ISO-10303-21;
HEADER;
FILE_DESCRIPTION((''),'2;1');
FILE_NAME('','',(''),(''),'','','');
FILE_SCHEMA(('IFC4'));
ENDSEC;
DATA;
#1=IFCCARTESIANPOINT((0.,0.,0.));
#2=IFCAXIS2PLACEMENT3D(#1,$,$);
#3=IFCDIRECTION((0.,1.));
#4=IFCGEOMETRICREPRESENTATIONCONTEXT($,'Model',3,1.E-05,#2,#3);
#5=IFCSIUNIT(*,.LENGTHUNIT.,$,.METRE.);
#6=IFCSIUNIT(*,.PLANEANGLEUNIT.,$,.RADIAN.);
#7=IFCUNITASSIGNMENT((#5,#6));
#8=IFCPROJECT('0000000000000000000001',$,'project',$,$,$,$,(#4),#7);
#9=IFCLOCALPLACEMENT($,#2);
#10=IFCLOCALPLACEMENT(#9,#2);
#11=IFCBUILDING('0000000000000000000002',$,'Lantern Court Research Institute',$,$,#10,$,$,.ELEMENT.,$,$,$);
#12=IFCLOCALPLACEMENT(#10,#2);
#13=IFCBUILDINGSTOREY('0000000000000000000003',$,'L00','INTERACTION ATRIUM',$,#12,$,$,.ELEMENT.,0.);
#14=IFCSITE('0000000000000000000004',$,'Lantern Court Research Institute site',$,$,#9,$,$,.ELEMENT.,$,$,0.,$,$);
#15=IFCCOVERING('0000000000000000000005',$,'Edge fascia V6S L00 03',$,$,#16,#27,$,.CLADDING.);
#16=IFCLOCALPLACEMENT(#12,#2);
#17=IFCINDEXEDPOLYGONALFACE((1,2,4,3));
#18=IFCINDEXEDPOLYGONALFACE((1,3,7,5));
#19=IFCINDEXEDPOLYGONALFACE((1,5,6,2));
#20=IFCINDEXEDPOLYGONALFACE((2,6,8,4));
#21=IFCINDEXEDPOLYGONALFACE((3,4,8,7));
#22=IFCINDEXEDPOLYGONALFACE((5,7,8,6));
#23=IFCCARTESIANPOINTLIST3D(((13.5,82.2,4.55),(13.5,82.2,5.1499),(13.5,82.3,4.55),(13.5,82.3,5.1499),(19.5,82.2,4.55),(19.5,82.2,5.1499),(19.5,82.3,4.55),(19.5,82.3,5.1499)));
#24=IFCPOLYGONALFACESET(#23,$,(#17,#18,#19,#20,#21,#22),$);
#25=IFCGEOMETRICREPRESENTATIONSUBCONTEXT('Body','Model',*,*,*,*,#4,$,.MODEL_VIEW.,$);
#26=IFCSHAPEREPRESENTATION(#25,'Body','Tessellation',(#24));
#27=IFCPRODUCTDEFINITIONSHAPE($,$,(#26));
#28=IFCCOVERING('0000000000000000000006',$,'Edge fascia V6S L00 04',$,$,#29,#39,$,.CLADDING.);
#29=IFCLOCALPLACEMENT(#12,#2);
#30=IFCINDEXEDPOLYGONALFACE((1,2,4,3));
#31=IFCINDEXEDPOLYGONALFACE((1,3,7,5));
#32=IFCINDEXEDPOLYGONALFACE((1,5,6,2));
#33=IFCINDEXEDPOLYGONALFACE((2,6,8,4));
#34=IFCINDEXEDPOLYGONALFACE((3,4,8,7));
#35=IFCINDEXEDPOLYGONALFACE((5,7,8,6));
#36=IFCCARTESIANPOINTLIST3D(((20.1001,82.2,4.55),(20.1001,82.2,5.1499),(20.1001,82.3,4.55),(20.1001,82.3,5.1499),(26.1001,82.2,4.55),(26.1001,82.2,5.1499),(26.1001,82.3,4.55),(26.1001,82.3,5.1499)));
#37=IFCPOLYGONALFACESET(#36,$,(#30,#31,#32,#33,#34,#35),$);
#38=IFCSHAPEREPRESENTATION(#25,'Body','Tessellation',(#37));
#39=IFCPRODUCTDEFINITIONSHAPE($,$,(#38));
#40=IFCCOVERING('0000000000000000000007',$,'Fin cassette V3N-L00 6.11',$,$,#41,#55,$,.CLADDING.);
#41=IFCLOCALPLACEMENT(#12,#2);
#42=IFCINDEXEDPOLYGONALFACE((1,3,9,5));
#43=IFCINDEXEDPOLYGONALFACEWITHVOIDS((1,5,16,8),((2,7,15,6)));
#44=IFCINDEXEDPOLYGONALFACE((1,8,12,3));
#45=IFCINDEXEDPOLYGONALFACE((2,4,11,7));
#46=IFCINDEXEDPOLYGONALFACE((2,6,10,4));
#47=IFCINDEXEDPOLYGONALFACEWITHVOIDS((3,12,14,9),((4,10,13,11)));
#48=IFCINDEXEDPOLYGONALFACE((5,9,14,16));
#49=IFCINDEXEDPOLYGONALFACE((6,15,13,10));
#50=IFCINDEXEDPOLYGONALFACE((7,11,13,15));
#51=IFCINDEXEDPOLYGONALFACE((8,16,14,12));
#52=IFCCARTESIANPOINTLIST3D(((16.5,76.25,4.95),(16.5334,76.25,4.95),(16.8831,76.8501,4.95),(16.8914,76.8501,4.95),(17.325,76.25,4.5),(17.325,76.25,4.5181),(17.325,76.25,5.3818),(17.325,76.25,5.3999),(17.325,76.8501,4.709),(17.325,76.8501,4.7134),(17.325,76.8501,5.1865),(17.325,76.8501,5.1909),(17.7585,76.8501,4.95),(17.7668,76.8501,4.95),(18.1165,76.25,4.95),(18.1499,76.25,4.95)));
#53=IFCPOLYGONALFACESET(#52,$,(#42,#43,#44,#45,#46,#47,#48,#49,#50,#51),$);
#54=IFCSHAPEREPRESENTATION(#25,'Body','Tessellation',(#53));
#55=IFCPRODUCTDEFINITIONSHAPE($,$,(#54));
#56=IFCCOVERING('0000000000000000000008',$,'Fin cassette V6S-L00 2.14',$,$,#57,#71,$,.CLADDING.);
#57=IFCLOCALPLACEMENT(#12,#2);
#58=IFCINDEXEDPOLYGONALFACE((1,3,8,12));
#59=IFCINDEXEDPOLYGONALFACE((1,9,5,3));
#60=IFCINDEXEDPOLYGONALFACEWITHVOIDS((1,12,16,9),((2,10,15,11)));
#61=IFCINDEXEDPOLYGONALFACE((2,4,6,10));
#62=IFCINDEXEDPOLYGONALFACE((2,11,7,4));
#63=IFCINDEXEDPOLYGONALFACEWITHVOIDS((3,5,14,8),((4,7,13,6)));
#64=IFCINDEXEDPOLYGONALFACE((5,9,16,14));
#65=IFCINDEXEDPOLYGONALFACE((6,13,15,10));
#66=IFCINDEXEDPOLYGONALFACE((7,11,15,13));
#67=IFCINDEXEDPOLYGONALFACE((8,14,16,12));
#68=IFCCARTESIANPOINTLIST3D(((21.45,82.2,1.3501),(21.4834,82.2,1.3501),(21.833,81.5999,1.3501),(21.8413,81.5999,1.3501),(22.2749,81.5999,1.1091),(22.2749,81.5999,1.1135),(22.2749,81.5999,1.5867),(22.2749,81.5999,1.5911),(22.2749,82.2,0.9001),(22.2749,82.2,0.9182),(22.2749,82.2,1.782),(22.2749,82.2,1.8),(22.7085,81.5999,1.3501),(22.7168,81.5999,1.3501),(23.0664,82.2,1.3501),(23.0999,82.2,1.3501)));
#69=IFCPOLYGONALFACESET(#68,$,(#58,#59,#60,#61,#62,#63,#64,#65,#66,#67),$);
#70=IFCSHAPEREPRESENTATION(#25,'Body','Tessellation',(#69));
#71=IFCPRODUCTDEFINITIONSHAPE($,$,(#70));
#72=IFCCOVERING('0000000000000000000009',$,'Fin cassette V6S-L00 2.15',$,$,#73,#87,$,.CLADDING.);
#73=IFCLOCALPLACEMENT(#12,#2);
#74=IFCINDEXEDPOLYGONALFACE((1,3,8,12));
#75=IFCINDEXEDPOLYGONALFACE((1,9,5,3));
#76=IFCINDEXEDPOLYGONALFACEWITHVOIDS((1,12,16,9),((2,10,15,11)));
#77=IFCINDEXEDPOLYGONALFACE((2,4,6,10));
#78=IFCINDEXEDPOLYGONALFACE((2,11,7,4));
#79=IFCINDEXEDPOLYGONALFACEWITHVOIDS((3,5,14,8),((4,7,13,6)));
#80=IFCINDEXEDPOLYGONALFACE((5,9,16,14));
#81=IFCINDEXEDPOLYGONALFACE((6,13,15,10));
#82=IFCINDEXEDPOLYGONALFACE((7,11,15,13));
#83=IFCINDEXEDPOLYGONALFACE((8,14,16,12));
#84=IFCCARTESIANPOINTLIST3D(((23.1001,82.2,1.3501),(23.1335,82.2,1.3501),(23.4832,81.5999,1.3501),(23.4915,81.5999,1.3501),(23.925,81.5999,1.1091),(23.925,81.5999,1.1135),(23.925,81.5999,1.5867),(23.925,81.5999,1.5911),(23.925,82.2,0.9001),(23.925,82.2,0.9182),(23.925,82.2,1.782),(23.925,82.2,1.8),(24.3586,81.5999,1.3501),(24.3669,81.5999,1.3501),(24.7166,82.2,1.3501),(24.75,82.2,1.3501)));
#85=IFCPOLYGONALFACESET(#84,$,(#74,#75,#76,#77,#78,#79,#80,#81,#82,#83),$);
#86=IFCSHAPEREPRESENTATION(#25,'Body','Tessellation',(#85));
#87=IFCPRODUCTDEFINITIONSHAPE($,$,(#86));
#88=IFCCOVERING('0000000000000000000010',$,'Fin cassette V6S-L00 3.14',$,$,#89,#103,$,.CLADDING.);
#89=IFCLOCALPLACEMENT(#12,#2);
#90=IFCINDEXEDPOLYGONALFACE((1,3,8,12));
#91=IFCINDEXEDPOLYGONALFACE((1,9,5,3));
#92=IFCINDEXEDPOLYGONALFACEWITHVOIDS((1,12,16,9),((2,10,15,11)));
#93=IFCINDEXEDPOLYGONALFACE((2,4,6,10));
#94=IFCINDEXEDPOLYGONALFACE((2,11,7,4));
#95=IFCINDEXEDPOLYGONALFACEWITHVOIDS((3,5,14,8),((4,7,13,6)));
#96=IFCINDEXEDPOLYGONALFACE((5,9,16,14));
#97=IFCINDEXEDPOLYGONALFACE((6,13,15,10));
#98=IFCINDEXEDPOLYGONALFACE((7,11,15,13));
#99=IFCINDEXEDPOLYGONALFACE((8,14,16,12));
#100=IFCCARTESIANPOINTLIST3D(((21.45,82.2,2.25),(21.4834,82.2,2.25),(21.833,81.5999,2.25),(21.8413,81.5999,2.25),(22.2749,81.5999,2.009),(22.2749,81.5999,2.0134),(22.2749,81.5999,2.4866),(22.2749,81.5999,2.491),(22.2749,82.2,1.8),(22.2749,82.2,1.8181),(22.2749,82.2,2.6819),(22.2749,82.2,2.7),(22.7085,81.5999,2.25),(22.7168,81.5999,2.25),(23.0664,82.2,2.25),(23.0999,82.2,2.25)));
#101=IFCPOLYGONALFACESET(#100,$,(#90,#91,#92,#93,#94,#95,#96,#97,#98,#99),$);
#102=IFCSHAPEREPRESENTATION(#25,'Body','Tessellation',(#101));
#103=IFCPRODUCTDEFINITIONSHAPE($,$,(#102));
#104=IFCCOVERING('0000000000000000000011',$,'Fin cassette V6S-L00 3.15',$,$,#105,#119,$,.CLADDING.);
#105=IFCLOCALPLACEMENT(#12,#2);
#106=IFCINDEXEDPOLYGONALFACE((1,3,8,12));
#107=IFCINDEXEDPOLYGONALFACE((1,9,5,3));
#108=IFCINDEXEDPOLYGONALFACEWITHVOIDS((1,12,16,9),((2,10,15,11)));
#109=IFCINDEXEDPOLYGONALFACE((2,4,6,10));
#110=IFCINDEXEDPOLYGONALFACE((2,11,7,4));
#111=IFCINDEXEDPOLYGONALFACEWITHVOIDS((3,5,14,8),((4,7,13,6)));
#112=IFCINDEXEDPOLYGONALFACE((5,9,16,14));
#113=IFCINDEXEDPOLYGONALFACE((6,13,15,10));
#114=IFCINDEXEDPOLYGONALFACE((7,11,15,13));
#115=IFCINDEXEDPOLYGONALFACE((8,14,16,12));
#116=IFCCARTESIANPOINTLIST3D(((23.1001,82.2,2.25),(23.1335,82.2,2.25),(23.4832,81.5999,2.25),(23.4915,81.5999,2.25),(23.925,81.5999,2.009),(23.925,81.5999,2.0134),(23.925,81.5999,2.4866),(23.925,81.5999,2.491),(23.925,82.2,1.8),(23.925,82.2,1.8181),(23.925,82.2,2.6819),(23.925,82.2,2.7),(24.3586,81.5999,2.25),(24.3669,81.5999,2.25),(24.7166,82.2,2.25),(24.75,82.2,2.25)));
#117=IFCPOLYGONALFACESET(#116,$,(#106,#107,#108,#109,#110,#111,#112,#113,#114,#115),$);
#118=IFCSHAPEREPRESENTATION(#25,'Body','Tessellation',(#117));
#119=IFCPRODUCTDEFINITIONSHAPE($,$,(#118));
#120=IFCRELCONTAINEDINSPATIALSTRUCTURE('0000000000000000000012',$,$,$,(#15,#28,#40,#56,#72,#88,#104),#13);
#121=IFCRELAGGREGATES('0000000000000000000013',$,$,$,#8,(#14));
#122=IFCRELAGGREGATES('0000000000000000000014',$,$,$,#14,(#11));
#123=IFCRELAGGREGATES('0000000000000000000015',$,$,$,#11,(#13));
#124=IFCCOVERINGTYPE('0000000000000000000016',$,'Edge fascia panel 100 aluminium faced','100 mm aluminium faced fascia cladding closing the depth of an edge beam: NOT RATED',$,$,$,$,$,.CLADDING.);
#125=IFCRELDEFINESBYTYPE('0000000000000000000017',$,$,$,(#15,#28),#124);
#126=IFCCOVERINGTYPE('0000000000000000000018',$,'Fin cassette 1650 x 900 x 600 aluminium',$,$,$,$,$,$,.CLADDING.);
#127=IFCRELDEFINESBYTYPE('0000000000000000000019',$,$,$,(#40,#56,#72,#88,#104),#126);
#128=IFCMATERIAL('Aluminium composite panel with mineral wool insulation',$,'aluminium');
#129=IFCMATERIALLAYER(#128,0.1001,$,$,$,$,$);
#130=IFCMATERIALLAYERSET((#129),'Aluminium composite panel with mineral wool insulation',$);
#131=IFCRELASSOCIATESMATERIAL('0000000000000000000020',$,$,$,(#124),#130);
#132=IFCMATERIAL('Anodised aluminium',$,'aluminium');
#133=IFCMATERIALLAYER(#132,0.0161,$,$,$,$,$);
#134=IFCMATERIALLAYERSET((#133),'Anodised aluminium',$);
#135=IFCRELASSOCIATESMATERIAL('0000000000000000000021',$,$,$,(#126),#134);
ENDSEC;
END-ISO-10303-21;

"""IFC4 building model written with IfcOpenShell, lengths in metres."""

from ifc_helpers import new_model, entity, si_unit, direction, frame, frame_2d, origin, place, context, subcontext, project, spatial, rectangle, extrude, material, layer, layer_set, type_object, element, save


model = new_model("IFC4")

# Units and contexts
model_context = context("Model", 3, precision=1e-05, world=origin(), true_north=direction((0.0, 1.0)))
body_context = subcontext(model_context, "Body", "Model", "MODEL_VIEW")
ifc_project = project(units=[si_unit("LENGTHUNIT", "METRE"), si_unit("PLANEANGLEUNIT", "RADIAN")], contexts=[model_context])

# Site, building, storey
site_placement = place(None, origin())
site = spatial("IfcSite", under=ifc_project, at=site_placement, Name="Lantern Court Research Institute site", CompositionType="ELEMENT", RefElevation=0.0)
building_placement = place(site_placement, origin())
building = spatial("IfcBuilding", under=site, at=building_placement, Name="Lantern Court Research Institute", CompositionType="ELEMENT")
storey_placement = place(building_placement, origin())
storey = spatial("IfcBuildingStorey", under=building, at=storey_placement, Name="L00", Description="INTERACTION ATRIUM", CompositionType="ELEMENT", Elevation=0.0)

# Coverings
ifc_material_1 = material(Name="Aluminium composite panel with mineral wool insulation", Category="aluminium")
ifc_layer_1 = layer(ifc_material_1, 0.1001)
ifc_layer_set_1 = layer_set([ifc_layer_1], Name="Aluminium composite panel with mineral wool insulation")
covering_type_1 = type_object("IfcCoveringType", Name="Edge fascia panel 100 aluminium faced", Description="100 mm aluminium faced fascia cladding closing the depth of an edge beam: NOT RATED", PredefinedType="CLADDING", material=ifc_layer_set_1)
for number, where, z_axis, x_axis, name in (
    (1, (19.5, 82.25, 4.55), (0.0, 0.0, 1.0), (-1.0, 0.0, 0.0), "Edge fascia V6S L00 03"),
    (2, (26.1001, 82.25, 4.55), (0.0, 0.0, 1.0), (-1.0, 0.0, 0.0), "Edge fascia V6S L00 04"),
):
    element("IfcCovering", number, at=place(storey_placement, frame(where, z_axis=z_axis, x_axis=x_axis)), inside=storey, type_object=covering_type_1, Name=name, PredefinedType="CLADDING", context=body_context, shape_type="SweptSolid", body=[
        extrude(rectangle(XDim=6.0, YDim=0.1001, at=frame_2d((3.0, 0.0))), origin(), (0.0, 0.0, 1.0), 0.5999),
    ])
ifc_material_2 = material(Name="Anodised aluminium", Category="aluminium")
ifc_layer_2 = layer(ifc_material_2, 0.0161)
ifc_layer_set_2 = layer_set([ifc_layer_2], Name="Anodised aluminium")
covering_type_2 = type_object("IfcCoveringType", Name="Fin cassette 1650 x 900 x 600 aluminium", PredefinedType="CLADDING", material=ifc_layer_set_2)
covering_1_placement = place(storey_placement, frame((17.325, 76.25, 4.95), z_axis=(0.0, 1.0, 0.0), x_axis=(-1.0, 0.0, 0.0)))
cartesian_point_1 = entity("IfcCartesianPoint", [0.825, 0.0])
cartesian_point_2 = entity("IfcCartesianPoint", [0.7915, 0.0])
cartesian_point_3 = entity("IfcCartesianPoint", [0.4419, 0.0])
cartesian_point_4 = entity("IfcCartesianPoint", [0.4336, 0.0])
element("IfcCovering", 3, at=covering_1_placement, inside=storey, type_object=covering_type_2, Name="Fin cassette V3N-L00 6.11", PredefinedType="CLADDING", context=body_context, shape_type="SweptSolid", body=[
    entity("IfcExtrudedAreaSolidTapered", entity("IfcArbitraryProfileDefWithVoids", "AREA", None, entity("IfcPolyline", [cartesian_point_1, entity("IfcCartesianPoint", [0.0, 0.45]), entity("IfcCartesianPoint", [-0.825, 0.0]), entity("IfcCartesianPoint", [0.0, -0.45]), cartesian_point_1]), [entity("IfcPolyline", [cartesian_point_2, entity("IfcCartesianPoint", [0.0, 0.4319]), entity("IfcCartesianPoint", [-0.7915, 0.0]), entity("IfcCartesianPoint", [0.0, -0.4319]), cartesian_point_2])]), entity("IfcAxis2Placement3D", entity("IfcCartesianPoint", [0.0, 0.0, 0.0])), entity("IfcDirection", [0.0, 0.0, 1.0]), 0.6001, entity("IfcArbitraryProfileDefWithVoids", "AREA", None, entity("IfcPolyline", [cartesian_point_3, entity("IfcCartesianPoint", [0.0, 0.241]), entity("IfcCartesianPoint", [-0.4419, 0.0]), entity("IfcCartesianPoint", [0.0, -0.241]), cartesian_point_3]), [entity("IfcPolyline", [cartesian_point_4, entity("IfcCartesianPoint", [0.0, 0.2366]), entity("IfcCartesianPoint", [-0.4336, 0.0]), entity("IfcCartesianPoint", [0.0, -0.2366]), cartesian_point_4])])),
])
covering_2_placement = place(storey_placement, frame((22.2749, 82.2, 1.3501), z_axis=(0.0, -1.0, 0.0), x_axis=(1.0, 0.0, 0.0)))
cartesian_point_5 = entity("IfcCartesianPoint", [0.825, 0.0])
cartesian_point_6 = entity("IfcCartesianPoint", [0.7915, 0.0])
cartesian_point_7 = entity("IfcCartesianPoint", [0.4419, 0.0])
cartesian_point_8 = entity("IfcCartesianPoint", [0.4336, 0.0])
element("IfcCovering", 4, at=covering_2_placement, inside=storey, type_object=covering_type_2, Name="Fin cassette V6S-L00 2.14", PredefinedType="CLADDING", context=body_context, shape_type="SweptSolid", body=[
    entity("IfcExtrudedAreaSolidTapered", entity("IfcArbitraryProfileDefWithVoids", "AREA", None, entity("IfcPolyline", [cartesian_point_5, entity("IfcCartesianPoint", [0.0, 0.45]), entity("IfcCartesianPoint", [-0.825, 0.0]), entity("IfcCartesianPoint", [0.0, -0.45]), cartesian_point_5]), [entity("IfcPolyline", [cartesian_point_6, entity("IfcCartesianPoint", [0.0, 0.4319]), entity("IfcCartesianPoint", [-0.7915, 0.0]), entity("IfcCartesianPoint", [0.0, -0.4319]), cartesian_point_6])]), entity("IfcAxis2Placement3D", entity("IfcCartesianPoint", [0.0, 0.0, 0.0])), entity("IfcDirection", [0.0, 0.0, 1.0]), 0.6001, entity("IfcArbitraryProfileDefWithVoids", "AREA", None, entity("IfcPolyline", [cartesian_point_7, entity("IfcCartesianPoint", [0.0, 0.241]), entity("IfcCartesianPoint", [-0.4419, 0.0]), entity("IfcCartesianPoint", [0.0, -0.241]), cartesian_point_7]), [entity("IfcPolyline", [cartesian_point_8, entity("IfcCartesianPoint", [0.0, 0.2366]), entity("IfcCartesianPoint", [-0.4336, 0.0]), entity("IfcCartesianPoint", [0.0, -0.2366]), cartesian_point_8])])),
])
covering_3_placement = place(storey_placement, frame((23.925, 82.2, 1.3501), z_axis=(0.0, -1.0, 0.0), x_axis=(1.0, 0.0, 0.0)))
cartesian_point_9 = entity("IfcCartesianPoint", [0.825, 0.0])
cartesian_point_10 = entity("IfcCartesianPoint", [0.7915, 0.0])
cartesian_point_11 = entity("IfcCartesianPoint", [0.4419, 0.0])
cartesian_point_12 = entity("IfcCartesianPoint", [0.4336, 0.0])
element("IfcCovering", 5, at=covering_3_placement, inside=storey, type_object=covering_type_2, Name="Fin cassette V6S-L00 2.15", PredefinedType="CLADDING", context=body_context, shape_type="SweptSolid", body=[
    entity("IfcExtrudedAreaSolidTapered", entity("IfcArbitraryProfileDefWithVoids", "AREA", None, entity("IfcPolyline", [cartesian_point_9, entity("IfcCartesianPoint", [0.0, 0.45]), entity("IfcCartesianPoint", [-0.825, 0.0]), entity("IfcCartesianPoint", [0.0, -0.45]), cartesian_point_9]), [entity("IfcPolyline", [cartesian_point_10, entity("IfcCartesianPoint", [0.0, 0.4319]), entity("IfcCartesianPoint", [-0.7915, 0.0]), entity("IfcCartesianPoint", [0.0, -0.4319]), cartesian_point_10])]), entity("IfcAxis2Placement3D", entity("IfcCartesianPoint", [0.0, 0.0, 0.0])), entity("IfcDirection", [0.0, 0.0, 1.0]), 0.6001, entity("IfcArbitraryProfileDefWithVoids", "AREA", None, entity("IfcPolyline", [cartesian_point_11, entity("IfcCartesianPoint", [0.0, 0.241]), entity("IfcCartesianPoint", [-0.4419, 0.0]), entity("IfcCartesianPoint", [0.0, -0.241]), cartesian_point_11]), [entity("IfcPolyline", [cartesian_point_12, entity("IfcCartesianPoint", [0.0, 0.2366]), entity("IfcCartesianPoint", [-0.4336, 0.0]), entity("IfcCartesianPoint", [0.0, -0.2366]), cartesian_point_12])])),
])
covering_4_placement = place(storey_placement, frame((22.2749, 82.2, 2.25), z_axis=(0.0, -1.0, 0.0), x_axis=(1.0, 0.0, 0.0)))
cartesian_point_13 = entity("IfcCartesianPoint", [0.825, 0.0])
cartesian_point_14 = entity("IfcCartesianPoint", [0.7915, 0.0])
cartesian_point_15 = entity("IfcCartesianPoint", [0.4419, 0.0])
cartesian_point_16 = entity("IfcCartesianPoint", [0.4336, 0.0])
element("IfcCovering", 6, at=covering_4_placement, inside=storey, type_object=covering_type_2, Name="Fin cassette V6S-L00 3.14", PredefinedType="CLADDING", context=body_context, shape_type="SweptSolid", body=[
    entity("IfcExtrudedAreaSolidTapered", entity("IfcArbitraryProfileDefWithVoids", "AREA", None, entity("IfcPolyline", [cartesian_point_13, entity("IfcCartesianPoint", [0.0, 0.45]), entity("IfcCartesianPoint", [-0.825, 0.0]), entity("IfcCartesianPoint", [0.0, -0.45]), cartesian_point_13]), [entity("IfcPolyline", [cartesian_point_14, entity("IfcCartesianPoint", [0.0, 0.4319]), entity("IfcCartesianPoint", [-0.7915, 0.0]), entity("IfcCartesianPoint", [0.0, -0.4319]), cartesian_point_14])]), entity("IfcAxis2Placement3D", entity("IfcCartesianPoint", [0.0, 0.0, 0.0])), entity("IfcDirection", [0.0, 0.0, 1.0]), 0.6001, entity("IfcArbitraryProfileDefWithVoids", "AREA", None, entity("IfcPolyline", [cartesian_point_15, entity("IfcCartesianPoint", [0.0, 0.241]), entity("IfcCartesianPoint", [-0.4419, 0.0]), entity("IfcCartesianPoint", [0.0, -0.241]), cartesian_point_15]), [entity("IfcPolyline", [cartesian_point_16, entity("IfcCartesianPoint", [0.0, 0.2366]), entity("IfcCartesianPoint", [-0.4336, 0.0]), entity("IfcCartesianPoint", [0.0, -0.2366]), cartesian_point_16])])),
])
covering_5_placement = place(storey_placement, frame((23.925, 82.2, 2.25), z_axis=(0.0, -1.0, 0.0), x_axis=(1.0, 0.0, 0.0)))
cartesian_point_17 = entity("IfcCartesianPoint", [0.825, 0.0])
cartesian_point_18 = entity("IfcCartesianPoint", [0.7915, 0.0])
cartesian_point_19 = entity("IfcCartesianPoint", [0.4419, 0.0])
cartesian_point_20 = entity("IfcCartesianPoint", [0.4336, 0.0])
element("IfcCovering", 7, at=covering_5_placement, inside=storey, type_object=covering_type_2, Name="Fin cassette V6S-L00 3.15", PredefinedType="CLADDING", context=body_context, shape_type="SweptSolid", body=[
    entity("IfcExtrudedAreaSolidTapered", entity("IfcArbitraryProfileDefWithVoids", "AREA", None, entity("IfcPolyline", [cartesian_point_17, entity("IfcCartesianPoint", [0.0, 0.45]), entity("IfcCartesianPoint", [-0.825, 0.0]), entity("IfcCartesianPoint", [0.0, -0.45]), cartesian_point_17]), [entity("IfcPolyline", [cartesian_point_18, entity("IfcCartesianPoint", [0.0, 0.4319]), entity("IfcCartesianPoint", [-0.7915, 0.0]), entity("IfcCartesianPoint", [0.0, -0.4319]), cartesian_point_18])]), entity("IfcAxis2Placement3D", entity("IfcCartesianPoint", [0.0, 0.0, 0.0])), entity("IfcDirection", [0.0, 0.0, 1.0]), 0.6001, entity("IfcArbitraryProfileDefWithVoids", "AREA", None, entity("IfcPolyline", [cartesian_point_19, entity("IfcCartesianPoint", [0.0, 0.241]), entity("IfcCartesianPoint", [-0.4419, 0.0]), entity("IfcCartesianPoint", [0.0, -0.241]), cartesian_point_19]), [entity("IfcPolyline", [cartesian_point_20, entity("IfcCartesianPoint", [0.0, 0.2366]), entity("IfcCartesianPoint", [-0.4336, 0.0]), entity("IfcCartesianPoint", [0.0, -0.2366]), cartesian_point_20])])),
])

save(model, "model.ifc")
